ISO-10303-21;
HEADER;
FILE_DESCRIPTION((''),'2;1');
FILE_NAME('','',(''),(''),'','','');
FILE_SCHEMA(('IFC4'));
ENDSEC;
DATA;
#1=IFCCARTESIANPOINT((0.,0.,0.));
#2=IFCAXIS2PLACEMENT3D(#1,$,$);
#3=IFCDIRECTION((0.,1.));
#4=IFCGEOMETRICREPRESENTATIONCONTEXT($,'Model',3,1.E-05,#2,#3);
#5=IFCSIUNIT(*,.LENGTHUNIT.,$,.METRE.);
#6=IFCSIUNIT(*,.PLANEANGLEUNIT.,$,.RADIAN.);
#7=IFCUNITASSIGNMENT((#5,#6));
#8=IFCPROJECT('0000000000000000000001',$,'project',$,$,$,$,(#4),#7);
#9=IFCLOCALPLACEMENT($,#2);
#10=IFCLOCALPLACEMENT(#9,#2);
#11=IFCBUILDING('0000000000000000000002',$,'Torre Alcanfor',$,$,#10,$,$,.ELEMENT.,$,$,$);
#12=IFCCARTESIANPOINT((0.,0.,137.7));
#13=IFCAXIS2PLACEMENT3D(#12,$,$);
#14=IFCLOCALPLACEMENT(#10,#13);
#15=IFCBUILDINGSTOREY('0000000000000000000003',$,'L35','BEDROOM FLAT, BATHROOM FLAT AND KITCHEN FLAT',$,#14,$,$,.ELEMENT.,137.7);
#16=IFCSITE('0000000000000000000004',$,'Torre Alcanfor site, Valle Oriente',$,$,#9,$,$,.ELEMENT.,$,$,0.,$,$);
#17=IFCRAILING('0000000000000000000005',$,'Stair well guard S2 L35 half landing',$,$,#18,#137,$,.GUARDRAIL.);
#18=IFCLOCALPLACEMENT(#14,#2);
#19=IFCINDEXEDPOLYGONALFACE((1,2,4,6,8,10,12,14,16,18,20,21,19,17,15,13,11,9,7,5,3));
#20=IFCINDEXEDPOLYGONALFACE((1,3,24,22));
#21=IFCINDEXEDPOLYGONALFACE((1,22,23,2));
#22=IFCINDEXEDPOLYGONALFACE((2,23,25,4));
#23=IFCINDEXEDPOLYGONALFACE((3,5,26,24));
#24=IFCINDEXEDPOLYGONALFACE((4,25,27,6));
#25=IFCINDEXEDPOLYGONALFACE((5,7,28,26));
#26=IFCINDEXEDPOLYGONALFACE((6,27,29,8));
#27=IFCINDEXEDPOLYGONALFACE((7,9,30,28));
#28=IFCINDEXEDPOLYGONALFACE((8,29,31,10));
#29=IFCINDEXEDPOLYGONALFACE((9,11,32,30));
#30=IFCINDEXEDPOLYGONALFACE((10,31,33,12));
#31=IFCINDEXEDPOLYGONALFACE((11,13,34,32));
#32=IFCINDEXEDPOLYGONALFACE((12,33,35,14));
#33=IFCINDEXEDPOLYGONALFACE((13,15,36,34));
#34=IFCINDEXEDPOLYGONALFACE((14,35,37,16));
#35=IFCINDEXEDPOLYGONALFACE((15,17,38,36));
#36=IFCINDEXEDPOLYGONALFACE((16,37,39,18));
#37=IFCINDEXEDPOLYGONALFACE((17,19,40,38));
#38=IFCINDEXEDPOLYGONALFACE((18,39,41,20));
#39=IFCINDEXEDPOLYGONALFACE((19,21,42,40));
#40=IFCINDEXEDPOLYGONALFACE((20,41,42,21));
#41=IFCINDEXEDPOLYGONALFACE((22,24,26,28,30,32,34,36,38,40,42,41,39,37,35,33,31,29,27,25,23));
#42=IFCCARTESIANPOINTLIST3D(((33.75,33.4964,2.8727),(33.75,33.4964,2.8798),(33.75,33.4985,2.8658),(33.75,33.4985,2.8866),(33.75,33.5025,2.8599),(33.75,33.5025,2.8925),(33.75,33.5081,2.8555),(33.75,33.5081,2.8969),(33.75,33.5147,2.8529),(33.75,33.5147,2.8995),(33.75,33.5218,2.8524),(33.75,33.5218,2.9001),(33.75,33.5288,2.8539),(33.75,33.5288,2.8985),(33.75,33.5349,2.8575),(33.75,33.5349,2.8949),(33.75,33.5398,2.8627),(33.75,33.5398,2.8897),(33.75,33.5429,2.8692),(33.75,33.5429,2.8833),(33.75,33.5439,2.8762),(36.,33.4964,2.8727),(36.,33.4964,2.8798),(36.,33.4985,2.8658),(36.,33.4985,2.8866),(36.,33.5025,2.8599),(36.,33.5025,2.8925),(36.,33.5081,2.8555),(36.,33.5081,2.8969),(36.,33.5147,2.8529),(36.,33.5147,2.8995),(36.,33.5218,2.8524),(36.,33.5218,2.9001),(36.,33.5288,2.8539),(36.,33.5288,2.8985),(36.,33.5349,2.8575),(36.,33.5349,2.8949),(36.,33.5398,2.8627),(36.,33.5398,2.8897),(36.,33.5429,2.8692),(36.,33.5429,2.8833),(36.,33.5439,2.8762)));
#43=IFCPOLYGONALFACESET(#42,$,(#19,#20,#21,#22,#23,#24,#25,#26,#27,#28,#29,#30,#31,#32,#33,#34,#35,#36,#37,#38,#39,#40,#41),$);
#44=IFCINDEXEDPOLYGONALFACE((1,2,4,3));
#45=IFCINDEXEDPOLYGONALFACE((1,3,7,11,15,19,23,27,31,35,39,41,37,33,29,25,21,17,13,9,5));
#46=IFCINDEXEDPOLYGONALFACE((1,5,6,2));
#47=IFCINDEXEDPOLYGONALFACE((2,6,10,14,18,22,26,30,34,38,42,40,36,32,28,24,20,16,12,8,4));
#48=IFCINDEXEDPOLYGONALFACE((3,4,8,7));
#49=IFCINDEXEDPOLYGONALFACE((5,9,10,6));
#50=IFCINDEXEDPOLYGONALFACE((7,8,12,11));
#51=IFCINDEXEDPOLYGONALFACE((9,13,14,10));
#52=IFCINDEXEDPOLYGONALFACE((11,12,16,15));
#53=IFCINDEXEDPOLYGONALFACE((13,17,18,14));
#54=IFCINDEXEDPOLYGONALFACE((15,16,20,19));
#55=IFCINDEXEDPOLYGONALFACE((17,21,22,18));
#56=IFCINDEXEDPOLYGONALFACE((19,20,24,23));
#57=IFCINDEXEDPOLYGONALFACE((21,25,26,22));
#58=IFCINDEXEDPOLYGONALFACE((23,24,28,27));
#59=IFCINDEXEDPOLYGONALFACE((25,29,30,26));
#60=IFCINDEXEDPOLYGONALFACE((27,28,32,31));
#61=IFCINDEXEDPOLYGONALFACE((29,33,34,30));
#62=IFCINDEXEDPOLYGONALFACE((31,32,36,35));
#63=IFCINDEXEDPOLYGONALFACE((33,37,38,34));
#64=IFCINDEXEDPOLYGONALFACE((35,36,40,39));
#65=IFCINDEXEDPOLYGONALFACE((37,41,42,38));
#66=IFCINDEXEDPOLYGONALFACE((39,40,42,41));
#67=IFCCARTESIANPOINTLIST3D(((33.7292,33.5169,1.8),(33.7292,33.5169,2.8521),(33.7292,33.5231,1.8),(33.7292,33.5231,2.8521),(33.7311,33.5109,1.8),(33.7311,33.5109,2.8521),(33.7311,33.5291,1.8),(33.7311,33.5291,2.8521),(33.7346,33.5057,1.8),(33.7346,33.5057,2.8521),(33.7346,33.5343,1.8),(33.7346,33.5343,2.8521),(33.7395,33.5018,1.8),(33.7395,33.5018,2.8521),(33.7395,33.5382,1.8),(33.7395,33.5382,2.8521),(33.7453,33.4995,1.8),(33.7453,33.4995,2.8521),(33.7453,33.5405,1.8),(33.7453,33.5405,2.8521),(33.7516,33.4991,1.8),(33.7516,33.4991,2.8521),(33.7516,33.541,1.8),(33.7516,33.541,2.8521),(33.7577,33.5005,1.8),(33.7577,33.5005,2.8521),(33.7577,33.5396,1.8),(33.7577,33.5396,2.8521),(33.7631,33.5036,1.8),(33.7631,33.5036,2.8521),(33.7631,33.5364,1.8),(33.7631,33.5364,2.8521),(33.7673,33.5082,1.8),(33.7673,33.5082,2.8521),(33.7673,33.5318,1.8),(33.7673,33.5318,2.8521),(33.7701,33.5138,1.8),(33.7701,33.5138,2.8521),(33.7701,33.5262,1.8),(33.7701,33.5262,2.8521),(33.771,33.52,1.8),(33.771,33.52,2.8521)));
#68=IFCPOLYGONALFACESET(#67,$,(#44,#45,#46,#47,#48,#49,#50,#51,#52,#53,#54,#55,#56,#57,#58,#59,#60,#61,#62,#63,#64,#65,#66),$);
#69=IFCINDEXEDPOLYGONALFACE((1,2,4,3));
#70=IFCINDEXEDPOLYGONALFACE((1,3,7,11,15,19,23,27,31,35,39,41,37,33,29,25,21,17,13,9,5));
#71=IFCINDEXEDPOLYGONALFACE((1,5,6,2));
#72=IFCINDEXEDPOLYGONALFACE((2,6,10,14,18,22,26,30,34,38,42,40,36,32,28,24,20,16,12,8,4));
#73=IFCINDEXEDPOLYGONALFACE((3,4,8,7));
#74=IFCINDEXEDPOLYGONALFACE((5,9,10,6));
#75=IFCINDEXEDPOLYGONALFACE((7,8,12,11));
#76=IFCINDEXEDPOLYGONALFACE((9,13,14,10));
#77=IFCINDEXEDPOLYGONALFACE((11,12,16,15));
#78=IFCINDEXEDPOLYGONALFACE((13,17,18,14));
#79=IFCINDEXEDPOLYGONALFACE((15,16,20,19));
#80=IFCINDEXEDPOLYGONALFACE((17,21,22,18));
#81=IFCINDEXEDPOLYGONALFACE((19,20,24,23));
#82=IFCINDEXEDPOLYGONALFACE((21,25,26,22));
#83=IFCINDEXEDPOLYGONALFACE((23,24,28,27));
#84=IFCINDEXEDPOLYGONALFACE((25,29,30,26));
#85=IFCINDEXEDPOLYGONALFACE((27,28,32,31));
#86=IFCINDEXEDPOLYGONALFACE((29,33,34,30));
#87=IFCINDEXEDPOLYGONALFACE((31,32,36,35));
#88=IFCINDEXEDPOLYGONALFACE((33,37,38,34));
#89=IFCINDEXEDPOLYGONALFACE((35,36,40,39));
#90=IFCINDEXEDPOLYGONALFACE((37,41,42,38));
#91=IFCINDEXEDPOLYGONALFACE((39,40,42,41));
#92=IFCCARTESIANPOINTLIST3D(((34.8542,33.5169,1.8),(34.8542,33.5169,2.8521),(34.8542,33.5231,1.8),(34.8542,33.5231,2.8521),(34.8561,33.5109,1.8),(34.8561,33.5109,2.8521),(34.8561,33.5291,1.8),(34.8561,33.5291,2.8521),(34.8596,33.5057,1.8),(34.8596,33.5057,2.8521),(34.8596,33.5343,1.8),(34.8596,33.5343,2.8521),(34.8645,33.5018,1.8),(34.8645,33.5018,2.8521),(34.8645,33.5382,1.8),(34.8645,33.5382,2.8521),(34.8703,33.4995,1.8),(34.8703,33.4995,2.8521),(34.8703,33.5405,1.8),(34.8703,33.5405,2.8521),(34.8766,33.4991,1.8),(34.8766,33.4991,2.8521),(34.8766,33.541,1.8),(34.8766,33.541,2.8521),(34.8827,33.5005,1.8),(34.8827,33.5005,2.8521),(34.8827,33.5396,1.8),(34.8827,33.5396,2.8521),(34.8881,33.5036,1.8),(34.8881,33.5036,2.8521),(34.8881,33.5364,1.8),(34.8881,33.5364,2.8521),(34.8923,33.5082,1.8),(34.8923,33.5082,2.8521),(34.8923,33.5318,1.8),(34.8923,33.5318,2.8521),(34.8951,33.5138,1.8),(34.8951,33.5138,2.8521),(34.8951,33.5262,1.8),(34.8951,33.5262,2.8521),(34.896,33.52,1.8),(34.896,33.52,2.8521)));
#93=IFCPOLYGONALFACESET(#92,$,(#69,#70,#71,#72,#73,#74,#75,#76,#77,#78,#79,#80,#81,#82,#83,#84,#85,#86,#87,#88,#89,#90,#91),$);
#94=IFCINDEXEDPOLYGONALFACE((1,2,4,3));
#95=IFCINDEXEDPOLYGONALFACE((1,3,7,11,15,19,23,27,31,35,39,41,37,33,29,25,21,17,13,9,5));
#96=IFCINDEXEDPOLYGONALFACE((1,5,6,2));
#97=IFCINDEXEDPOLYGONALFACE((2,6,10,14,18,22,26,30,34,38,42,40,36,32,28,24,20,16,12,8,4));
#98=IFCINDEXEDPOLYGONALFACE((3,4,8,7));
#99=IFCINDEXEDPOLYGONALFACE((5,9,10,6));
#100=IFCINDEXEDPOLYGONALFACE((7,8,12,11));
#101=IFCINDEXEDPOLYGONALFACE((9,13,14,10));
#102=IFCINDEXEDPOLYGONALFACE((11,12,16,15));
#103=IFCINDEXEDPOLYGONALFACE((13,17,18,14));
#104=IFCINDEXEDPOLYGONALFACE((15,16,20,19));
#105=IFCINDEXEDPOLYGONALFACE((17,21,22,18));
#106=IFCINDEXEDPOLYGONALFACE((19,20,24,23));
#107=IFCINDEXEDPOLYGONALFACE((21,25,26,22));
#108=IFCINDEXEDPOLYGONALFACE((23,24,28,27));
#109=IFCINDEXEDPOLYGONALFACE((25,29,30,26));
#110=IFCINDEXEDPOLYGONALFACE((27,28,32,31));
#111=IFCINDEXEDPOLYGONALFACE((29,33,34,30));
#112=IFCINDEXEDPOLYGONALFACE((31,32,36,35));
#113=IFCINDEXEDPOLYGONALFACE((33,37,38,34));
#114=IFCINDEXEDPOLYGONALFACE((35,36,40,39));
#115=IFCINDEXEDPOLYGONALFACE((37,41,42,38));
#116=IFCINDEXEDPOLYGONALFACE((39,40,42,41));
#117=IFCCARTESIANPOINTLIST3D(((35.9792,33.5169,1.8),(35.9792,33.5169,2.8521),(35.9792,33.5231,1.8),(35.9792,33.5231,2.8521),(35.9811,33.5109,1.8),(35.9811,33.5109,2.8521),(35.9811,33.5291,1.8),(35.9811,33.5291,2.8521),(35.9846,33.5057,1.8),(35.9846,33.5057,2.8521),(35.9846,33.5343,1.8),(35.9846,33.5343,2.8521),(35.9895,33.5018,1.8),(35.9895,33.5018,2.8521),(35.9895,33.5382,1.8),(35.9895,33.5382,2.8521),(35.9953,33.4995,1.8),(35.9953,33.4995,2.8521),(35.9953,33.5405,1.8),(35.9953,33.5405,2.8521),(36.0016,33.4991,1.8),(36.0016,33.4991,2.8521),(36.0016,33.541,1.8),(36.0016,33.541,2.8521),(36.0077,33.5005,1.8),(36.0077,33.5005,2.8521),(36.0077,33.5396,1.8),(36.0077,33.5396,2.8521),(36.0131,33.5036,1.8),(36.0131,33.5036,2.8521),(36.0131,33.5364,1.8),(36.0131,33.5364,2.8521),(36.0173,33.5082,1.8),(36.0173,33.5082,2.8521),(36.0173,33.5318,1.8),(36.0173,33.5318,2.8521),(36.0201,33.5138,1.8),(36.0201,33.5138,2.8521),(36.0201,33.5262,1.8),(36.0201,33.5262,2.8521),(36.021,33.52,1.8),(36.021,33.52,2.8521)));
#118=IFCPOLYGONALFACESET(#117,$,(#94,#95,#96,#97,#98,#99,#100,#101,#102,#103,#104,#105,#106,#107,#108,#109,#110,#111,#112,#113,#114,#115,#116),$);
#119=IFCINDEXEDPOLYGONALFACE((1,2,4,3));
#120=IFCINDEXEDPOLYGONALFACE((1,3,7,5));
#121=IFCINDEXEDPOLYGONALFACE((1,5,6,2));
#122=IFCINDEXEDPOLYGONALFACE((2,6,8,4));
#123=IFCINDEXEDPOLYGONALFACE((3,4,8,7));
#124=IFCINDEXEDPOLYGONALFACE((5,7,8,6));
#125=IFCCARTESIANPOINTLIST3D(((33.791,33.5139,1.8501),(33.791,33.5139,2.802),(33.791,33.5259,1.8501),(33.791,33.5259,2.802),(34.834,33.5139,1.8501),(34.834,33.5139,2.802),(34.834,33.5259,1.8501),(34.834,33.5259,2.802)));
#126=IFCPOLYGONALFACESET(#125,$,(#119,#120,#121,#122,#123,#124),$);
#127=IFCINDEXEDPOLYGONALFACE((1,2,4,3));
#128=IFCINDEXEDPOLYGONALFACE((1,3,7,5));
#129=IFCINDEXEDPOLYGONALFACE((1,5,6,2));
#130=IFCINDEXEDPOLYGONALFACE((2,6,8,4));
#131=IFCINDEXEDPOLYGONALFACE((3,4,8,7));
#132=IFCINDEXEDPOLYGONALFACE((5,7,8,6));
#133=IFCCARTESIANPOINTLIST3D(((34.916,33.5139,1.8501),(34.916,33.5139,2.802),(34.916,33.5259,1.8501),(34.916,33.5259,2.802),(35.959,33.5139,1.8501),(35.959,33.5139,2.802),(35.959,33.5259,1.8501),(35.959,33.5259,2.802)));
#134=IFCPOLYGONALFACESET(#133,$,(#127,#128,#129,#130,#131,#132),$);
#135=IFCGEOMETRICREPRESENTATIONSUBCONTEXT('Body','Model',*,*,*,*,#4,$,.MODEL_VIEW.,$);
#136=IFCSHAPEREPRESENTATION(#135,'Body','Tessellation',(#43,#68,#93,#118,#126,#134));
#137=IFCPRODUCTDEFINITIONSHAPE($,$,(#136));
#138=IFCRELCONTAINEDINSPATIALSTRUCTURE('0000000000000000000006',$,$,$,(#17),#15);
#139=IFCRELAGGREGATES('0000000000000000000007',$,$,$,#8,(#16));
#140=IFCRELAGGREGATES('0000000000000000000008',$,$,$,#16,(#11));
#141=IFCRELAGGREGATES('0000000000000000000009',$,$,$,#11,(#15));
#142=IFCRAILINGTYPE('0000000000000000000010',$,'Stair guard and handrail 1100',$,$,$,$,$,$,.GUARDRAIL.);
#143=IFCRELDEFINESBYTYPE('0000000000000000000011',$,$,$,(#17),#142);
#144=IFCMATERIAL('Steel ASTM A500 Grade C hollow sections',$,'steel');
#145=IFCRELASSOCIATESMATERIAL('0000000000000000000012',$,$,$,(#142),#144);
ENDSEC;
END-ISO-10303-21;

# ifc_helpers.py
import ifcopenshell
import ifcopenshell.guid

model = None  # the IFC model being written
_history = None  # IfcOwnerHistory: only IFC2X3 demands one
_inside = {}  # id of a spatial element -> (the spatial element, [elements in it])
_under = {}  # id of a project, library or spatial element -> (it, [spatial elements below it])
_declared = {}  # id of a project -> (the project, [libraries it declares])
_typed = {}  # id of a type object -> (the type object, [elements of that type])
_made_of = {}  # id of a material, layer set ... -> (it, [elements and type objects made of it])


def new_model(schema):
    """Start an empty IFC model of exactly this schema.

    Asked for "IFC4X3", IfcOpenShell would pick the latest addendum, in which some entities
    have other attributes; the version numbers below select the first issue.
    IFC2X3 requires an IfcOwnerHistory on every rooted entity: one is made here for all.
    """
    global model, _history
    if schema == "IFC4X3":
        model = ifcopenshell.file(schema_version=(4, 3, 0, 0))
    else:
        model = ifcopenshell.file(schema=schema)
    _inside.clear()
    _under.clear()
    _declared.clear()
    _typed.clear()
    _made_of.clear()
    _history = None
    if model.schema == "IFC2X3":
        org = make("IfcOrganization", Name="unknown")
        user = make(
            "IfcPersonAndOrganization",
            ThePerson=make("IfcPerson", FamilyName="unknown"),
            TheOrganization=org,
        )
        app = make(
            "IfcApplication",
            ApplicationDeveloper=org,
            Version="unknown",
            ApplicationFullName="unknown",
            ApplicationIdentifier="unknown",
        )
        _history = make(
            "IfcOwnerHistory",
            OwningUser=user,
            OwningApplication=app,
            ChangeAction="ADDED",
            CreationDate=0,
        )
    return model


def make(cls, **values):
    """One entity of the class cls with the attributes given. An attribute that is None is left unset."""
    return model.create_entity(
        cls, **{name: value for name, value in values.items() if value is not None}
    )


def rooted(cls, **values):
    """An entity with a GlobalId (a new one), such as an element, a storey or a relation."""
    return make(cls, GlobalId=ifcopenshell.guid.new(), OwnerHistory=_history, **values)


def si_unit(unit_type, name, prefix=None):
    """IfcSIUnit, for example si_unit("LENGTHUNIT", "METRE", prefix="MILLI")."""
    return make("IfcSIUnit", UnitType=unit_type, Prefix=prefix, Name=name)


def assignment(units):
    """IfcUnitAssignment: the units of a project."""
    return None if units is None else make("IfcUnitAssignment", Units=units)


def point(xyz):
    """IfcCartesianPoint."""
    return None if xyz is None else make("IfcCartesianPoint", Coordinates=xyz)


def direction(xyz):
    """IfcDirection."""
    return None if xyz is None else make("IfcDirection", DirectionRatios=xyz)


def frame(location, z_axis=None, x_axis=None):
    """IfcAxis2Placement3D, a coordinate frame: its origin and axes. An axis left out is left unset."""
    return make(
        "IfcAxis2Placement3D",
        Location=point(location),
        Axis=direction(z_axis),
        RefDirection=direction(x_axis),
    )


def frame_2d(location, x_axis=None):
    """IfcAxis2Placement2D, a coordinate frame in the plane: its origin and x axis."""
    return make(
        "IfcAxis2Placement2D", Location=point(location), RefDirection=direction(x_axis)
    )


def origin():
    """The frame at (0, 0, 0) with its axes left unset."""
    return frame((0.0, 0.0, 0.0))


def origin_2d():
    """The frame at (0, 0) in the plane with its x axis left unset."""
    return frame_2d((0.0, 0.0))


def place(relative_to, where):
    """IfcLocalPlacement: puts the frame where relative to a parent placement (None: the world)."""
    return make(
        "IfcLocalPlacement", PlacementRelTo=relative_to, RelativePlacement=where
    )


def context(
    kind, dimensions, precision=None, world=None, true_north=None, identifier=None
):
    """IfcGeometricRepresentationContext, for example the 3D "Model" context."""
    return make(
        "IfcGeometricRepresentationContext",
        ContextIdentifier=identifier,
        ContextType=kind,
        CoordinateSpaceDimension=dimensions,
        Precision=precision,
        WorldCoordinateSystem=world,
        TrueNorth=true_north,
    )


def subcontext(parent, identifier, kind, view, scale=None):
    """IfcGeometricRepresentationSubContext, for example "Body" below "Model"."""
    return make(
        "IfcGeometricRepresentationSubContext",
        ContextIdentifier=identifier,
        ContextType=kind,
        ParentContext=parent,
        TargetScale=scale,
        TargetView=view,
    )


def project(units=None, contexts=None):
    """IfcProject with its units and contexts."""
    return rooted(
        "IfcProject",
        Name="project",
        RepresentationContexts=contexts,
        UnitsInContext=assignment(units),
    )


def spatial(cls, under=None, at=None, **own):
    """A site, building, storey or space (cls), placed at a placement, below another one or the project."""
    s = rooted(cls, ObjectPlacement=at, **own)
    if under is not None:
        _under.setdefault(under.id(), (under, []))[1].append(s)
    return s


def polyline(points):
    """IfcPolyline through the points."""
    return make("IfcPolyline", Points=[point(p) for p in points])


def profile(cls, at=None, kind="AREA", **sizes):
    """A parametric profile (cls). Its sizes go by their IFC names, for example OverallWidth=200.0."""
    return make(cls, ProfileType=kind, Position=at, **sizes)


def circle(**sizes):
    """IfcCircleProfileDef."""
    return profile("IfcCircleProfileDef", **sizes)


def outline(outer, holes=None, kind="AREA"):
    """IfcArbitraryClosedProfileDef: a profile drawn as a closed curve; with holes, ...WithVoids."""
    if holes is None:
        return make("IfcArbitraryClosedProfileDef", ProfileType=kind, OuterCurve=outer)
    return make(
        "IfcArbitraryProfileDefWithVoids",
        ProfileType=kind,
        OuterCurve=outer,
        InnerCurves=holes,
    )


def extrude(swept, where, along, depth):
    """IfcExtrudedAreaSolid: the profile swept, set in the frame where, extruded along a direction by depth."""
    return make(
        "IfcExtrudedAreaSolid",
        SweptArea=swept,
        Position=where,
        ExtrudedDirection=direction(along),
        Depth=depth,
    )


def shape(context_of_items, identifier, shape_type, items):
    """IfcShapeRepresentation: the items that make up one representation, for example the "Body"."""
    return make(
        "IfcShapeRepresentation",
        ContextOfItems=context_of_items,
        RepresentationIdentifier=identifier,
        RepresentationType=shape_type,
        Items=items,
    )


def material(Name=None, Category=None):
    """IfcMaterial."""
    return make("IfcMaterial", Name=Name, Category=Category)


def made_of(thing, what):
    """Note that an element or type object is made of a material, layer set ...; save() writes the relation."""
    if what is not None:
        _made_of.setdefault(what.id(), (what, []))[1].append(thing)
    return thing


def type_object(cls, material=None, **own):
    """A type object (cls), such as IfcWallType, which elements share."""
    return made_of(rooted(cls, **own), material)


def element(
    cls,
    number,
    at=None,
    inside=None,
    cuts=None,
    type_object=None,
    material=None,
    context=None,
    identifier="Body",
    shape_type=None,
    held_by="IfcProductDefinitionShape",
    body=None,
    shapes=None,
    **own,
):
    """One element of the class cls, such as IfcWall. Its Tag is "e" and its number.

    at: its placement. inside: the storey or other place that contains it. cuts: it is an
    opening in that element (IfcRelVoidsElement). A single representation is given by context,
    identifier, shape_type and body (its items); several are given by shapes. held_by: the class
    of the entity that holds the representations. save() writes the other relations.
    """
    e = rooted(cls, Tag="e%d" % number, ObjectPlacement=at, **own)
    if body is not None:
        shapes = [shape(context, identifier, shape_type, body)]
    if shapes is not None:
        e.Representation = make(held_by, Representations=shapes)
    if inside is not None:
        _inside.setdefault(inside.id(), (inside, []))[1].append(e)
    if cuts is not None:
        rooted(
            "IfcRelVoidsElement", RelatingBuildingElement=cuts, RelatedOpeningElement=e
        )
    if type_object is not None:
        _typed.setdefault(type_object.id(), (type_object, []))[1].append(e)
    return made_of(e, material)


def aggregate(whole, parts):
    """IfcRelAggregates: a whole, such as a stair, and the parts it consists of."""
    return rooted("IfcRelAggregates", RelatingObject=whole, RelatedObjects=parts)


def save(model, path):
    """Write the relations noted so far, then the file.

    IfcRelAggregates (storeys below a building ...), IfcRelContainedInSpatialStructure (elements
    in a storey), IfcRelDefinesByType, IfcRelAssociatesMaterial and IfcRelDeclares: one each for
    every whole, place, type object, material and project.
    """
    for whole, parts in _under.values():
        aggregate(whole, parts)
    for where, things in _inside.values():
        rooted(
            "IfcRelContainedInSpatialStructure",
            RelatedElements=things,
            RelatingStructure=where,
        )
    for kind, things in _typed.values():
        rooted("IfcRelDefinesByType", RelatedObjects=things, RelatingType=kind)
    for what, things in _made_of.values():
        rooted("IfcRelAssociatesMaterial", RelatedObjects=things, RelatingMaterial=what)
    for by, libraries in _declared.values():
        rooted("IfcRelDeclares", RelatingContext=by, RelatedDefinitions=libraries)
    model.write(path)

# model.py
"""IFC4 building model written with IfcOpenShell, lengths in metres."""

from ifc_helpers import new_model, si_unit, direction, frame, origin, origin_2d, place, context, subcontext, project, spatial, polyline, circle, outline, extrude, material, type_object, element, save


model = new_model("IFC4")

# Units and contexts
model_context = context("Model", 3, precision=1e-05, world=origin(), true_north=direction((0.0, 1.0)))
body_context = subcontext(model_context, "Body", "Model", "MODEL_VIEW")
ifc_project = project(units=[si_unit("LENGTHUNIT", "METRE"), si_unit("PLANEANGLEUNIT", "RADIAN")], contexts=[model_context])

# Site, building, storey
site_placement = place(None, origin())
site = spatial("IfcSite", under=ifc_project, at=site_placement, Name="Torre Alcanfor site, Valle Oriente", CompositionType="ELEMENT", RefElevation=0.0)
building_placement = place(site_placement, origin())
building = spatial("IfcBuilding", under=site, at=building_placement, Name="Torre Alcanfor", CompositionType="ELEMENT")
storey_placement = place(building_placement, frame((0.0, 0.0, 137.7)))
storey = spatial("IfcBuildingStorey", under=building, at=storey_placement, Name="L35", Description="BEDROOM FLAT, BATHROOM FLAT AND KITCHEN FLAT", CompositionType="ELEMENT", Elevation=137.7)

# Railing
ifc_material_1 = material(Name="Steel ASTM A500 Grade C hollow sections", Category="steel")
railing_type_1 = type_object("IfcRailingType", Name="Stair guard and handrail 1100", PredefinedType="GUARDRAIL", material=ifc_material_1)
for number, where, name in (
    (1, (33.75, 33.52, 1.8), "Stair well guard S2 L35 half landing"),
):
    element("IfcRailing", number, at=place(storey_placement, frame(where)), inside=storey, type_object=railing_type_1, Name=name, PredefinedType="GUARDRAIL", context=body_context, shape_type="SweptSolid", body=[
        extrude(circle(Radius=0.0239, at=origin_2d()), frame((0.0, 0.0, 1.0762), z_axis=(1.0, 0.0, 0.0), x_axis=(0.0, 1.0, 0.0)), (0.0, 0.0, 1.0), 2.25),
        extrude(circle(Radius=0.021, at=origin_2d()), origin(), (0.0, 0.0, 1.0), 1.052),
        extrude(circle(Radius=0.021, at=origin_2d()), frame((1.125, 0.0, 0.0)), (0.0, 0.0, 1.0), 1.052),
        extrude(circle(Radius=0.021, at=origin_2d()), frame((2.25, 0.0, 0.0)), (0.0, 0.0, 1.0), 1.052),
        extrude(outline(polyline([(0.041, 0.05), (1.084, 0.05), (1.084, 1.002), (0.041, 1.002), (0.041, 0.05)])), frame((0.0, 0.0059, 0.0), z_axis=(0.0, -1.0, 0.0), x_axis=(1.0, 0.0, 0.0)), (0.0, 0.0, 1.0), 0.012),
        extrude(outline(polyline([(1.166, 0.05), (2.209, 0.05), (2.209, 1.002), (1.166, 1.002), (1.166, 0.05)])), frame((0.0, 0.0059, 0.0), z_axis=(0.0, -1.0, 0.0), x_axis=(1.0, 0.0, 0.0)), (0.0, 0.0, 1.0), 0.012),
    ])

save(model, "model.ifc")
